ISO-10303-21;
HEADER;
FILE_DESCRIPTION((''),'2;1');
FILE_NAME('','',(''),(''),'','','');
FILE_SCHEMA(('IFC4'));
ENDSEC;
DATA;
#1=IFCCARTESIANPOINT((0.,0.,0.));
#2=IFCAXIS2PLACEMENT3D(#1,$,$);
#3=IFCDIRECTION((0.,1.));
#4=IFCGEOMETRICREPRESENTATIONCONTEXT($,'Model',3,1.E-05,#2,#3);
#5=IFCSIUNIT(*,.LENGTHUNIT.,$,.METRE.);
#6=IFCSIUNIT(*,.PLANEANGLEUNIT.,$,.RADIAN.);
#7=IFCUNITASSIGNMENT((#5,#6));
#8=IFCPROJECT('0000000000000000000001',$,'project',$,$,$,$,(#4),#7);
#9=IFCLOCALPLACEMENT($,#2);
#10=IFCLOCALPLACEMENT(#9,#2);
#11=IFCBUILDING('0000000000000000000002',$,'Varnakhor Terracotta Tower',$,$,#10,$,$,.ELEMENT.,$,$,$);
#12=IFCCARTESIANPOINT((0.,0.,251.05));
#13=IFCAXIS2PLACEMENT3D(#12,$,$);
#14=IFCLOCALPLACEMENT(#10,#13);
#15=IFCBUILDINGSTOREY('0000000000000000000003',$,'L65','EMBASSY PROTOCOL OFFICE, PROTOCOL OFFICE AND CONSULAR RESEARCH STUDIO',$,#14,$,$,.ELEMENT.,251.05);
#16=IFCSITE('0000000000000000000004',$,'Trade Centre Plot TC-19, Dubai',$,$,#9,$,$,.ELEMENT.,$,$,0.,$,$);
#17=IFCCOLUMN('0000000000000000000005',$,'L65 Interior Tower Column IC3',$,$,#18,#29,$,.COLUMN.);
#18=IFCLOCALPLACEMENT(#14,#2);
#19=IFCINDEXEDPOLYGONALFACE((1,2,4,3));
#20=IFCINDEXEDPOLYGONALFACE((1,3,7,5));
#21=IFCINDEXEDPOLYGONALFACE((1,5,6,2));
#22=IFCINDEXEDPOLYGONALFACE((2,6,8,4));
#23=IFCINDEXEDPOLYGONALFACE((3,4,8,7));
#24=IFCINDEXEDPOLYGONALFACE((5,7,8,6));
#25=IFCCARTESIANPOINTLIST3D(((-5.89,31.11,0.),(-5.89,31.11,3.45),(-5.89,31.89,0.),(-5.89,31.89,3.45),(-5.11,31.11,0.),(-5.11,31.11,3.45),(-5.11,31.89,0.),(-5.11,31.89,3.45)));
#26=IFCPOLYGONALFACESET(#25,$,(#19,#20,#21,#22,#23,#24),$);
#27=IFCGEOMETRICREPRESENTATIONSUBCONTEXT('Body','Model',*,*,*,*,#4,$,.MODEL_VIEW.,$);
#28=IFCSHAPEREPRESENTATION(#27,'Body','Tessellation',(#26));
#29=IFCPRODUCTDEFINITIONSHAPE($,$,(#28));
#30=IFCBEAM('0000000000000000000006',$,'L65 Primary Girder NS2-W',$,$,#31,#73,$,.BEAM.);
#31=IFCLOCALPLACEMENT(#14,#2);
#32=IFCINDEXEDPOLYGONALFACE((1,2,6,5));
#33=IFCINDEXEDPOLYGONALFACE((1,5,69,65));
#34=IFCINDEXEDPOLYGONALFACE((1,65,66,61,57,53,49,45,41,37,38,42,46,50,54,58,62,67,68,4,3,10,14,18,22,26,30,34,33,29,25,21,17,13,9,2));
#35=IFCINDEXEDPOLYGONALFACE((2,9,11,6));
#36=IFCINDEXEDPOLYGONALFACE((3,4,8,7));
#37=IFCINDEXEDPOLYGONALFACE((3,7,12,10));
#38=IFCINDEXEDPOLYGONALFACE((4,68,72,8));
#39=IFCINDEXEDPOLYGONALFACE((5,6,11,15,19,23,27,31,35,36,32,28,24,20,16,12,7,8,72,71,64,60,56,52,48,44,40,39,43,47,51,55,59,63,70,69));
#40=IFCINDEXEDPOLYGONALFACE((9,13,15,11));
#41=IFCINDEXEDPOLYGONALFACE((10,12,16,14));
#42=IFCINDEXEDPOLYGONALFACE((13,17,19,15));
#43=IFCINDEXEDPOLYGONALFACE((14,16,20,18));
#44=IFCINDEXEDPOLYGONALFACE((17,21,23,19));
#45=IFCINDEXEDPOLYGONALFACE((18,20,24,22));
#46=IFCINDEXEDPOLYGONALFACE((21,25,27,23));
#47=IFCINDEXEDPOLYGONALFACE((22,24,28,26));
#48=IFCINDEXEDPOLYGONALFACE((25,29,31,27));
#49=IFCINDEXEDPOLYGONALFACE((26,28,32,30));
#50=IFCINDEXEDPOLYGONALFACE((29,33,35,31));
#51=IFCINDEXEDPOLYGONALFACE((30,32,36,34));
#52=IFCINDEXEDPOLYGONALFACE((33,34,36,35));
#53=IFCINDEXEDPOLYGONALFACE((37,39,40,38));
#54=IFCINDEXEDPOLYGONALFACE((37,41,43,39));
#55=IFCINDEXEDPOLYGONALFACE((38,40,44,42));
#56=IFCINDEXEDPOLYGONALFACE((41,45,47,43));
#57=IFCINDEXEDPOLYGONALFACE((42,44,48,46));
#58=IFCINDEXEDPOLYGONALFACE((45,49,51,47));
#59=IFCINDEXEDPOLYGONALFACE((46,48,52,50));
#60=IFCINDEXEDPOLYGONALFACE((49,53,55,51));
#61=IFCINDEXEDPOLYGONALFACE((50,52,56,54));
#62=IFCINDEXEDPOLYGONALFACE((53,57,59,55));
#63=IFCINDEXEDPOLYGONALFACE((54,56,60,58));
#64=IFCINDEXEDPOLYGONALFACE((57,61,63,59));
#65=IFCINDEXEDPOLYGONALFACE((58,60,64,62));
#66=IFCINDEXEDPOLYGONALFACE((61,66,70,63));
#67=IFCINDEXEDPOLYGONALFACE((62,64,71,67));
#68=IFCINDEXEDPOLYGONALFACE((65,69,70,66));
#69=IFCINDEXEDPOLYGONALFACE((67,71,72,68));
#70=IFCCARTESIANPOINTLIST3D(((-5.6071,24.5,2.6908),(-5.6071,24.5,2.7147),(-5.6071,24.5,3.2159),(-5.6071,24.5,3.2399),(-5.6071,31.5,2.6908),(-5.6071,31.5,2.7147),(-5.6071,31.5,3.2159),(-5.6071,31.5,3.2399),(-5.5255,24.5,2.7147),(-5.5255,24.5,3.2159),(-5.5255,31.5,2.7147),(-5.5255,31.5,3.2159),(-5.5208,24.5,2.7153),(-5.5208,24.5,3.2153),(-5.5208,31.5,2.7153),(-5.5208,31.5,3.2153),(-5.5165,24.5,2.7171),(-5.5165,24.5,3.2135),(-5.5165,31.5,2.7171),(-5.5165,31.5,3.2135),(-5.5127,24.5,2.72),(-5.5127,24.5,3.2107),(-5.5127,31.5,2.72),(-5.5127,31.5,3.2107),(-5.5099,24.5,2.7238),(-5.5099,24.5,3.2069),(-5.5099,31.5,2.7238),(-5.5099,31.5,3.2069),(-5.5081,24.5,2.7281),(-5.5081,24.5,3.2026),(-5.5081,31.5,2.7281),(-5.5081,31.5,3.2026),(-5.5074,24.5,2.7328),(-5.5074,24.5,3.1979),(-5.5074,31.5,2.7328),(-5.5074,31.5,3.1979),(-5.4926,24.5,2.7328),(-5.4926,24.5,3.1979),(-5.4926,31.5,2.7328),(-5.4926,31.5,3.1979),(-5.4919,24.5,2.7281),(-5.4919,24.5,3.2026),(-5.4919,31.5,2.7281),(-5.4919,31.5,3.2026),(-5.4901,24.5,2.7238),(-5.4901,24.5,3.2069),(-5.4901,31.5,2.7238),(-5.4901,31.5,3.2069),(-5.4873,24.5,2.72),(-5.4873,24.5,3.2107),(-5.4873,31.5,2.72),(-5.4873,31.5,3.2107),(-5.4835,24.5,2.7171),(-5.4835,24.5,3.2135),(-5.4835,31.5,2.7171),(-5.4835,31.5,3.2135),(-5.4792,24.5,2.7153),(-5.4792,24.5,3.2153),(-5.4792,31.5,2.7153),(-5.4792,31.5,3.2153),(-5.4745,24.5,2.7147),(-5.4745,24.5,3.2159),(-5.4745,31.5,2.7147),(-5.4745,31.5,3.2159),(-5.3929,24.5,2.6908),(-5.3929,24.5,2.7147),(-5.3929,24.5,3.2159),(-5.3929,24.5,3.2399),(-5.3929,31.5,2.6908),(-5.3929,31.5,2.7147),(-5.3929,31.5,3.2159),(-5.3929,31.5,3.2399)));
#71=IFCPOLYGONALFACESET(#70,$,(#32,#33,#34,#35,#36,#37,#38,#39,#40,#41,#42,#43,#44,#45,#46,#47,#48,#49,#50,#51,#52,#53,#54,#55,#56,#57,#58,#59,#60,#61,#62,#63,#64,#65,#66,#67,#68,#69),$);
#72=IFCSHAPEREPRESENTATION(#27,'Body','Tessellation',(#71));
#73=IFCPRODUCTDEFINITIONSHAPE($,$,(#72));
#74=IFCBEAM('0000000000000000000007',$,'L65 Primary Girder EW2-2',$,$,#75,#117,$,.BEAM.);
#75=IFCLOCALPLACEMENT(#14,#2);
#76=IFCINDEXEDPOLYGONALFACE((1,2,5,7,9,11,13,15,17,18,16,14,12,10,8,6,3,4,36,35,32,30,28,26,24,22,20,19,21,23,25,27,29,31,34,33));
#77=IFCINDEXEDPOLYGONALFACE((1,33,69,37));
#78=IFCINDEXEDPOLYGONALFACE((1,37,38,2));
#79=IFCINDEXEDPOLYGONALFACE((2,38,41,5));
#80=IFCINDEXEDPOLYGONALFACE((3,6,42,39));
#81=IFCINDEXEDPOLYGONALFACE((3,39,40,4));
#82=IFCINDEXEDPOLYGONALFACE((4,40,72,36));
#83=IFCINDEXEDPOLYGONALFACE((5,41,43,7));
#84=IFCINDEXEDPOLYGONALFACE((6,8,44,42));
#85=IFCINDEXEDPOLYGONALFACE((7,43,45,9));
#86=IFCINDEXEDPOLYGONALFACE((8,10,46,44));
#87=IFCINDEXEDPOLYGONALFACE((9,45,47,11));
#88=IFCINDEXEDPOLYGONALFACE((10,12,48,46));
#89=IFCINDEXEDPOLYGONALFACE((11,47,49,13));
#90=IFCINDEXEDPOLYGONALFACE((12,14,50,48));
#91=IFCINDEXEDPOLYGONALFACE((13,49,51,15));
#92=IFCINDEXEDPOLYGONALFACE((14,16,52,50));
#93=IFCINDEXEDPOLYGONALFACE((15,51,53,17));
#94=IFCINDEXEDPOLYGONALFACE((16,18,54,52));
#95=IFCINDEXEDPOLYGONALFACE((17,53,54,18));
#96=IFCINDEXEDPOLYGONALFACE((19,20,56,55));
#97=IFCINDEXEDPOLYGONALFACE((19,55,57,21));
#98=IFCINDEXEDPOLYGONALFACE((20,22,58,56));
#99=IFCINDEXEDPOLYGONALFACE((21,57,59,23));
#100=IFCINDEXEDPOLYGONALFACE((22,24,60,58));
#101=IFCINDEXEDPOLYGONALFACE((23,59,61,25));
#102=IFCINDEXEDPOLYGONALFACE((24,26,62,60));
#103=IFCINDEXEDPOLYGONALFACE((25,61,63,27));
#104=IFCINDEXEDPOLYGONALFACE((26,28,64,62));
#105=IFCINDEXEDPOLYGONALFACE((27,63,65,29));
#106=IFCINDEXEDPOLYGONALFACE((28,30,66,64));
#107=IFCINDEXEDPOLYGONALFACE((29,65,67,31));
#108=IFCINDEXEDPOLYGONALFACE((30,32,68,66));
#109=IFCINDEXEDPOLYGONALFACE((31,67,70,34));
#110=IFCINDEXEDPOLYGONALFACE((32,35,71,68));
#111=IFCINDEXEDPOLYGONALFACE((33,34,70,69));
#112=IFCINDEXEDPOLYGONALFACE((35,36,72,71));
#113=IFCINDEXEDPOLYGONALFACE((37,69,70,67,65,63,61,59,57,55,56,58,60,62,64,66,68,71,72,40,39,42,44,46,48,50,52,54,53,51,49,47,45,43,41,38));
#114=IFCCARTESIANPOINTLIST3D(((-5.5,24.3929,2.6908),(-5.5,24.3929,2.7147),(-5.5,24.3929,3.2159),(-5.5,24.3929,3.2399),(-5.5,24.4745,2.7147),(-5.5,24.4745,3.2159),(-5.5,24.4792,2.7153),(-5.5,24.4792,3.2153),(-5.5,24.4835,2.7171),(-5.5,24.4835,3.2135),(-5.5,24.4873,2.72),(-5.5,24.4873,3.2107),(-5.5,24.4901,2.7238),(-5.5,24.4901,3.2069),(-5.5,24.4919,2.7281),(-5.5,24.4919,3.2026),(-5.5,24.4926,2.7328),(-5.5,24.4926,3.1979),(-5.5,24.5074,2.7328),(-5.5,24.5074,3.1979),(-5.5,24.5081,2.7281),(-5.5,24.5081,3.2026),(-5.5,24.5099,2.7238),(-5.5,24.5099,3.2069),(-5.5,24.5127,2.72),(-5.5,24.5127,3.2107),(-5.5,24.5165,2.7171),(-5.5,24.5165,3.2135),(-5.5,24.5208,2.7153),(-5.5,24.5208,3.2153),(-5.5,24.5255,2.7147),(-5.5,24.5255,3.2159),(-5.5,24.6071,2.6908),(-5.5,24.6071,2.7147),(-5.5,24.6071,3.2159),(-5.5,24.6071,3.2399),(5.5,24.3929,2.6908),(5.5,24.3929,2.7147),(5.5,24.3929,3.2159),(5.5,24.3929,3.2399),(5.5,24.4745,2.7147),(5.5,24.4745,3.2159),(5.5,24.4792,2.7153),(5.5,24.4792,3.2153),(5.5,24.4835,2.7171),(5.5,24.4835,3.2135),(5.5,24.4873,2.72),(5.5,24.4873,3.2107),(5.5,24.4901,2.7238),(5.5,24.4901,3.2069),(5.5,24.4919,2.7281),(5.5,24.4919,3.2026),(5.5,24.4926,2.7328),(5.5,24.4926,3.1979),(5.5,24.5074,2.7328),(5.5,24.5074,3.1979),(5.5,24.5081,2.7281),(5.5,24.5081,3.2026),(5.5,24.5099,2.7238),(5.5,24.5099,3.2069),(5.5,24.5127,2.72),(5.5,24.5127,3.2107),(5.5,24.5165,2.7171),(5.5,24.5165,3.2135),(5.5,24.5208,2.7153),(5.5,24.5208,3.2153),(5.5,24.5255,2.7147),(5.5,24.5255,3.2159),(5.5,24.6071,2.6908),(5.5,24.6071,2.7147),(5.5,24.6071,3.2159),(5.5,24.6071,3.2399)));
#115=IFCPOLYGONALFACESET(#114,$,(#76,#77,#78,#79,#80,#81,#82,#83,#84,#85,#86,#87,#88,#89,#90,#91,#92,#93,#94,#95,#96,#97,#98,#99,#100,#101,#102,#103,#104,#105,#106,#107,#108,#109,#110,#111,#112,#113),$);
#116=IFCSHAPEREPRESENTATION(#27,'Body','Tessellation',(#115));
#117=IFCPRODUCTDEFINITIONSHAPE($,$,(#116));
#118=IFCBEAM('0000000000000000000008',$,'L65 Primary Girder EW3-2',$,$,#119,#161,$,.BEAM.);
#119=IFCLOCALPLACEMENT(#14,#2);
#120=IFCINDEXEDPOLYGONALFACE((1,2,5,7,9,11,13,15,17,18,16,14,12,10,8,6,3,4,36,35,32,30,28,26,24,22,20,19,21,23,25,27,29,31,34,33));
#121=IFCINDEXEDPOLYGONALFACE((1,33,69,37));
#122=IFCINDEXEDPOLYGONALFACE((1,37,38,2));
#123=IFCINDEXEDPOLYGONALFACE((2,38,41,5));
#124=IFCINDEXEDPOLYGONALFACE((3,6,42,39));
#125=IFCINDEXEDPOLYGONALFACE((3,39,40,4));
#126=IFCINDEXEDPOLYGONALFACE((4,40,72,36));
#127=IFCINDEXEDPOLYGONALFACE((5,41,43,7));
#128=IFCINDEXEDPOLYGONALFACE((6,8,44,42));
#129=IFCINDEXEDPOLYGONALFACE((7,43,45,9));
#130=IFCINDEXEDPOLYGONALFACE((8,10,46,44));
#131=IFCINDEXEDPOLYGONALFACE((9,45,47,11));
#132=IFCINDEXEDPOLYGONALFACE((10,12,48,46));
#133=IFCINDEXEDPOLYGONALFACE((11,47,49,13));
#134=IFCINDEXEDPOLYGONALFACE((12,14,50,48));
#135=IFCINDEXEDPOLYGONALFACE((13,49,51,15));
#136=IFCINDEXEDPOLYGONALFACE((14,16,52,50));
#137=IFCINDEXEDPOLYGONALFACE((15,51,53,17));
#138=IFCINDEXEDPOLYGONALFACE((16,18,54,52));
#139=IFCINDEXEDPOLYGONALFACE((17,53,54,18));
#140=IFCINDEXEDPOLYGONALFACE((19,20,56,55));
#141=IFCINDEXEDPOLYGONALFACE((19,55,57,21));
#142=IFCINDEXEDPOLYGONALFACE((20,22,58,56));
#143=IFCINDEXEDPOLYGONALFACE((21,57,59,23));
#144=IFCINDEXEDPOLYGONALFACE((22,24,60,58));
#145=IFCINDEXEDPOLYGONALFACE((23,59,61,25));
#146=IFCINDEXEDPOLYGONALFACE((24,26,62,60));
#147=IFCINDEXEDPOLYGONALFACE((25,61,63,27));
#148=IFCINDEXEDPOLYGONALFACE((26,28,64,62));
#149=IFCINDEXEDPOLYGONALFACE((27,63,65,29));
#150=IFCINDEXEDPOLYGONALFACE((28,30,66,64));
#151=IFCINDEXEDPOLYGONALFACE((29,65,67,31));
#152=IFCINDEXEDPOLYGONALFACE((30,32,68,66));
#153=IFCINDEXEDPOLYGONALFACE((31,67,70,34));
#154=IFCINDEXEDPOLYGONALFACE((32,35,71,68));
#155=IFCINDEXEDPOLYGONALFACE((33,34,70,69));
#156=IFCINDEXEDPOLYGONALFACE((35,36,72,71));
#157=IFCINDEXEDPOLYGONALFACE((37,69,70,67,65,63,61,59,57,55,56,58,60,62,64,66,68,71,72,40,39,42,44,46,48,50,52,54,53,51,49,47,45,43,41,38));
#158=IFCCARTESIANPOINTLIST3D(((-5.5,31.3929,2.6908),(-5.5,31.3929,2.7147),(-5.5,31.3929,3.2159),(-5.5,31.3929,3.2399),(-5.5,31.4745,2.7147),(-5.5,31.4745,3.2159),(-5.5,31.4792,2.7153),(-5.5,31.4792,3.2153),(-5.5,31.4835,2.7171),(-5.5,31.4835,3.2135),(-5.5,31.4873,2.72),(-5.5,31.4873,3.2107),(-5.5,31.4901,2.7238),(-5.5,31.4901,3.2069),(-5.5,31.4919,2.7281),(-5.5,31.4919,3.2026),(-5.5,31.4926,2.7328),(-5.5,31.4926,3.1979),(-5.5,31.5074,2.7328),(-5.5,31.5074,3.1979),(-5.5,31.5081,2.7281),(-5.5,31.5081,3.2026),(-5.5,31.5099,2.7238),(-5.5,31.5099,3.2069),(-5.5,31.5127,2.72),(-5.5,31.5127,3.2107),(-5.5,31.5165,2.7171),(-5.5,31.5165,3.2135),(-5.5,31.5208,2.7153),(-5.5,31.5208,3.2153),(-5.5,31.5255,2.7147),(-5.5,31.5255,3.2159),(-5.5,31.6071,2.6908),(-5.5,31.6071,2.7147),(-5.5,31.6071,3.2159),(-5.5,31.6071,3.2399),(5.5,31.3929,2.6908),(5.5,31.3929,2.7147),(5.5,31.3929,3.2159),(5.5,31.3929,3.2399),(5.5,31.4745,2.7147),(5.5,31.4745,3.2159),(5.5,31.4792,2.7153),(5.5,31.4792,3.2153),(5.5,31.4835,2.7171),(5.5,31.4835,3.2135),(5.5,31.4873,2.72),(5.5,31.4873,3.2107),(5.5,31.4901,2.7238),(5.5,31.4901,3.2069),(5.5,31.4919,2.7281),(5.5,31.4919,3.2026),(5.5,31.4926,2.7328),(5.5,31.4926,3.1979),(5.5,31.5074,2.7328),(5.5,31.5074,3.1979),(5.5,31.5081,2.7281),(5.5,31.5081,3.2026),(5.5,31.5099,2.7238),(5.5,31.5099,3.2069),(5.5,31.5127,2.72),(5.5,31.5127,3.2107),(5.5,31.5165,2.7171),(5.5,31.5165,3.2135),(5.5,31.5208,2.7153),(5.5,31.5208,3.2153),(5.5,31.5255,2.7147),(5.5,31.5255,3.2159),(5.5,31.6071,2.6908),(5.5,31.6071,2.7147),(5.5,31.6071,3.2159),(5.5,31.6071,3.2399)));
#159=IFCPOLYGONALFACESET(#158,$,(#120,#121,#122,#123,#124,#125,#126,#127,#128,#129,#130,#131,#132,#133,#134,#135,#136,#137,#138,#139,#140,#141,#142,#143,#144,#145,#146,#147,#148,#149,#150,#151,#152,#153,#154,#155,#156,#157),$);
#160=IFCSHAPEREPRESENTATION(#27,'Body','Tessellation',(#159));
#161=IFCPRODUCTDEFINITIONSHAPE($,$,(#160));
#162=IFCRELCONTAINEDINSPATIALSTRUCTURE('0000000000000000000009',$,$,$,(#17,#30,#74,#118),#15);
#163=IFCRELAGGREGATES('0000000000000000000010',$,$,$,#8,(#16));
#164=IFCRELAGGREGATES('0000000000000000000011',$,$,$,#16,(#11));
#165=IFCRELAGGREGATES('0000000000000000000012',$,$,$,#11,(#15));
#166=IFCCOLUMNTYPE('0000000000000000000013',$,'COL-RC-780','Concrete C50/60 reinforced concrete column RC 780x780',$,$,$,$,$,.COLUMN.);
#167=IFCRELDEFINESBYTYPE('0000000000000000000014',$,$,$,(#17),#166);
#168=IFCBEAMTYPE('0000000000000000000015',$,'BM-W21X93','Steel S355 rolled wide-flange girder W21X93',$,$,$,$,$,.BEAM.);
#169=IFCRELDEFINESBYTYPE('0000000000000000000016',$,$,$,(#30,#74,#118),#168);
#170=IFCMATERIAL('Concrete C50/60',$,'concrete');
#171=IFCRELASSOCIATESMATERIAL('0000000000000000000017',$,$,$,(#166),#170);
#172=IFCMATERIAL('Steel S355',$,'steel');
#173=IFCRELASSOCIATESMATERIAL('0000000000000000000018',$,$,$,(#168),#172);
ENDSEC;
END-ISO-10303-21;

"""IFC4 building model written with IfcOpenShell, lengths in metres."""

from ifc_helpers import new_model, si_unit, direction, frame, origin, origin_2d, place, context, subcontext, project, spatial, rectangle, i_section, extrude, source, transform, mapped, material, material_profile, profile_set, type_object, element, save


model = new_model("IFC4")

# Units and contexts
model_context = context("Model", 3, precision=1e-05, world=origin(), true_north=direction((0.0, 1.0)))
body_context = subcontext(model_context, "Body", "Model", "MODEL_VIEW")
ifc_project = project(units=[si_unit("LENGTHUNIT", "METRE"), si_unit("PLANEANGLEUNIT", "RADIAN")], contexts=[model_context])

# Site, building, storey
site_placement = place(None, origin())
site = spatial("IfcSite", under=ifc_project, at=site_placement, Name="Trade Centre Plot TC-19, Dubai", CompositionType="ELEMENT", RefElevation=0.0)
building_placement = place(site_placement, origin())
building = spatial("IfcBuilding", under=site, at=building_placement, Name="Varnakhor Terracotta Tower", CompositionType="ELEMENT")
storey_placement = place(building_placement, frame((0.0, 0.0, 251.05)))
storey = spatial("IfcBuildingStorey", under=building, at=storey_placement, Name="L65", Description="EMBASSY PROTOCOL OFFICE, PROTOCOL OFFICE AND CONSULAR RESEARCH STUDIO", CompositionType="ELEMENT", Elevation=251.05)

# Column
ifc_material_1 = material(Name="Concrete C50/60", Category="concrete")
ifc_material_profile_1 = material_profile(ifc_material_1, rectangle(XDim=0.78, YDim=0.78, at=origin_2d()), Name="RC 780x780")
ifc_profile_set_1 = profile_set([ifc_material_profile_1], Name="Concrete C50/60")
column_type = type_object("IfcColumnType", Name="COL-RC-780", Description="Concrete C50/60 reinforced concrete column RC 780x780", PredefinedType="COLUMN", material=ifc_profile_set_1)
shared_shape_1 = source(origin(), body_context, "Body", "SweptSolid", [
    extrude(rectangle(XDim=0.78, YDim=0.78, at=origin_2d()), origin(), (0.0, 0.0, 1.0), 3.45),
])
column_placement = place(storey_placement, frame((-5.5, 31.5, 0.0), z_axis=(0.0, 0.0, 1.0), x_axis=(1.0, 0.0, 0.0)))
element("IfcColumn", 1, at=column_placement, inside=storey, type_object=column_type, Name="L65 Interior Tower Column IC3", PredefinedType="COLUMN", context=body_context, shape_type="MappedRepresentation", body=[
    mapped(shared_shape_1, transform((0.0, 0.0, 0.0), scale=1.0)),
])

# Beams
ifc_material_2 = material(Name="Steel S355", Category="steel")
ifc_material_profile_2 = material_profile(ifc_material_2, i_section(OverallWidth=0.2141, OverallDepth=0.5491, WebThickness=0.0149, FlangeThickness=0.0239, FilletRadius=0.0181, at=origin_2d()), Name="W21X93")
ifc_profile_set_2 = profile_set([ifc_material_profile_2], Name="Steel S355")
beam_type_1 = type_object("IfcBeamType", Name="BM-W21X93", Description="Steel S355 rolled wide-flange girder W21X93", PredefinedType="BEAM", material=ifc_profile_set_2)
shared_shape_2 = source(origin(), body_context, "Body", "SweptSolid", [
    extrude(i_section(OverallWidth=0.2141, OverallDepth=0.5491, WebThickness=0.0149, FlangeThickness=0.0239, FilletRadius=0.0181, at=origin_2d()), origin(), (0.0, 0.0, 1.0), 7.0),
])
beam_1_placement = place(storey_placement, frame((-5.5, 24.5, 2.9653), z_axis=(0.0, 1.0, 0.0), x_axis=(-1.0, 0.0, 0.0)))
element("IfcBeam", 2, at=beam_1_placement, inside=storey, type_object=beam_type_1, Name="L65 Primary Girder NS2-W", PredefinedType="BEAM", context=body_context, shape_type="MappedRepresentation", body=[
    mapped(shared_shape_2, transform((0.0, 0.0, 0.0), scale=1.0)),
])
shared_shape_3 = source(origin(), body_context, "Body", "SweptSolid", [
    extrude(i_section(OverallWidth=0.2141, OverallDepth=0.5491, WebThickness=0.0149, FlangeThickness=0.0239, FilletRadius=0.0181, at=origin_2d()), origin(), (0.0, 0.0, 1.0), 11.0),
])
for number, where, z_axis, x_axis, name in (
    (3, (-5.5, 24.5, 2.9653), (1.0, 0.0, 0.0), (0.0, 1.0, 0.0), "L65 Primary Girder EW2-2"),
    (4, (-5.5, 31.5, 2.9653), (1.0, 0.0, 0.0), (0.0, 1.0, 0.0), "L65 Primary Girder EW3-2"),
):
    element("IfcBeam", number, at=place(storey_placement, frame(where, z_axis=z_axis, x_axis=x_axis)), inside=storey, type_object=beam_type_1, Name=name, PredefinedType="BEAM", context=body_context, shape_type="MappedRepresentation", body=[
        mapped(shared_shape_3, transform((0.0, 0.0, 0.0), scale=1.0)),
    ])

save(model, "model.ifc")
